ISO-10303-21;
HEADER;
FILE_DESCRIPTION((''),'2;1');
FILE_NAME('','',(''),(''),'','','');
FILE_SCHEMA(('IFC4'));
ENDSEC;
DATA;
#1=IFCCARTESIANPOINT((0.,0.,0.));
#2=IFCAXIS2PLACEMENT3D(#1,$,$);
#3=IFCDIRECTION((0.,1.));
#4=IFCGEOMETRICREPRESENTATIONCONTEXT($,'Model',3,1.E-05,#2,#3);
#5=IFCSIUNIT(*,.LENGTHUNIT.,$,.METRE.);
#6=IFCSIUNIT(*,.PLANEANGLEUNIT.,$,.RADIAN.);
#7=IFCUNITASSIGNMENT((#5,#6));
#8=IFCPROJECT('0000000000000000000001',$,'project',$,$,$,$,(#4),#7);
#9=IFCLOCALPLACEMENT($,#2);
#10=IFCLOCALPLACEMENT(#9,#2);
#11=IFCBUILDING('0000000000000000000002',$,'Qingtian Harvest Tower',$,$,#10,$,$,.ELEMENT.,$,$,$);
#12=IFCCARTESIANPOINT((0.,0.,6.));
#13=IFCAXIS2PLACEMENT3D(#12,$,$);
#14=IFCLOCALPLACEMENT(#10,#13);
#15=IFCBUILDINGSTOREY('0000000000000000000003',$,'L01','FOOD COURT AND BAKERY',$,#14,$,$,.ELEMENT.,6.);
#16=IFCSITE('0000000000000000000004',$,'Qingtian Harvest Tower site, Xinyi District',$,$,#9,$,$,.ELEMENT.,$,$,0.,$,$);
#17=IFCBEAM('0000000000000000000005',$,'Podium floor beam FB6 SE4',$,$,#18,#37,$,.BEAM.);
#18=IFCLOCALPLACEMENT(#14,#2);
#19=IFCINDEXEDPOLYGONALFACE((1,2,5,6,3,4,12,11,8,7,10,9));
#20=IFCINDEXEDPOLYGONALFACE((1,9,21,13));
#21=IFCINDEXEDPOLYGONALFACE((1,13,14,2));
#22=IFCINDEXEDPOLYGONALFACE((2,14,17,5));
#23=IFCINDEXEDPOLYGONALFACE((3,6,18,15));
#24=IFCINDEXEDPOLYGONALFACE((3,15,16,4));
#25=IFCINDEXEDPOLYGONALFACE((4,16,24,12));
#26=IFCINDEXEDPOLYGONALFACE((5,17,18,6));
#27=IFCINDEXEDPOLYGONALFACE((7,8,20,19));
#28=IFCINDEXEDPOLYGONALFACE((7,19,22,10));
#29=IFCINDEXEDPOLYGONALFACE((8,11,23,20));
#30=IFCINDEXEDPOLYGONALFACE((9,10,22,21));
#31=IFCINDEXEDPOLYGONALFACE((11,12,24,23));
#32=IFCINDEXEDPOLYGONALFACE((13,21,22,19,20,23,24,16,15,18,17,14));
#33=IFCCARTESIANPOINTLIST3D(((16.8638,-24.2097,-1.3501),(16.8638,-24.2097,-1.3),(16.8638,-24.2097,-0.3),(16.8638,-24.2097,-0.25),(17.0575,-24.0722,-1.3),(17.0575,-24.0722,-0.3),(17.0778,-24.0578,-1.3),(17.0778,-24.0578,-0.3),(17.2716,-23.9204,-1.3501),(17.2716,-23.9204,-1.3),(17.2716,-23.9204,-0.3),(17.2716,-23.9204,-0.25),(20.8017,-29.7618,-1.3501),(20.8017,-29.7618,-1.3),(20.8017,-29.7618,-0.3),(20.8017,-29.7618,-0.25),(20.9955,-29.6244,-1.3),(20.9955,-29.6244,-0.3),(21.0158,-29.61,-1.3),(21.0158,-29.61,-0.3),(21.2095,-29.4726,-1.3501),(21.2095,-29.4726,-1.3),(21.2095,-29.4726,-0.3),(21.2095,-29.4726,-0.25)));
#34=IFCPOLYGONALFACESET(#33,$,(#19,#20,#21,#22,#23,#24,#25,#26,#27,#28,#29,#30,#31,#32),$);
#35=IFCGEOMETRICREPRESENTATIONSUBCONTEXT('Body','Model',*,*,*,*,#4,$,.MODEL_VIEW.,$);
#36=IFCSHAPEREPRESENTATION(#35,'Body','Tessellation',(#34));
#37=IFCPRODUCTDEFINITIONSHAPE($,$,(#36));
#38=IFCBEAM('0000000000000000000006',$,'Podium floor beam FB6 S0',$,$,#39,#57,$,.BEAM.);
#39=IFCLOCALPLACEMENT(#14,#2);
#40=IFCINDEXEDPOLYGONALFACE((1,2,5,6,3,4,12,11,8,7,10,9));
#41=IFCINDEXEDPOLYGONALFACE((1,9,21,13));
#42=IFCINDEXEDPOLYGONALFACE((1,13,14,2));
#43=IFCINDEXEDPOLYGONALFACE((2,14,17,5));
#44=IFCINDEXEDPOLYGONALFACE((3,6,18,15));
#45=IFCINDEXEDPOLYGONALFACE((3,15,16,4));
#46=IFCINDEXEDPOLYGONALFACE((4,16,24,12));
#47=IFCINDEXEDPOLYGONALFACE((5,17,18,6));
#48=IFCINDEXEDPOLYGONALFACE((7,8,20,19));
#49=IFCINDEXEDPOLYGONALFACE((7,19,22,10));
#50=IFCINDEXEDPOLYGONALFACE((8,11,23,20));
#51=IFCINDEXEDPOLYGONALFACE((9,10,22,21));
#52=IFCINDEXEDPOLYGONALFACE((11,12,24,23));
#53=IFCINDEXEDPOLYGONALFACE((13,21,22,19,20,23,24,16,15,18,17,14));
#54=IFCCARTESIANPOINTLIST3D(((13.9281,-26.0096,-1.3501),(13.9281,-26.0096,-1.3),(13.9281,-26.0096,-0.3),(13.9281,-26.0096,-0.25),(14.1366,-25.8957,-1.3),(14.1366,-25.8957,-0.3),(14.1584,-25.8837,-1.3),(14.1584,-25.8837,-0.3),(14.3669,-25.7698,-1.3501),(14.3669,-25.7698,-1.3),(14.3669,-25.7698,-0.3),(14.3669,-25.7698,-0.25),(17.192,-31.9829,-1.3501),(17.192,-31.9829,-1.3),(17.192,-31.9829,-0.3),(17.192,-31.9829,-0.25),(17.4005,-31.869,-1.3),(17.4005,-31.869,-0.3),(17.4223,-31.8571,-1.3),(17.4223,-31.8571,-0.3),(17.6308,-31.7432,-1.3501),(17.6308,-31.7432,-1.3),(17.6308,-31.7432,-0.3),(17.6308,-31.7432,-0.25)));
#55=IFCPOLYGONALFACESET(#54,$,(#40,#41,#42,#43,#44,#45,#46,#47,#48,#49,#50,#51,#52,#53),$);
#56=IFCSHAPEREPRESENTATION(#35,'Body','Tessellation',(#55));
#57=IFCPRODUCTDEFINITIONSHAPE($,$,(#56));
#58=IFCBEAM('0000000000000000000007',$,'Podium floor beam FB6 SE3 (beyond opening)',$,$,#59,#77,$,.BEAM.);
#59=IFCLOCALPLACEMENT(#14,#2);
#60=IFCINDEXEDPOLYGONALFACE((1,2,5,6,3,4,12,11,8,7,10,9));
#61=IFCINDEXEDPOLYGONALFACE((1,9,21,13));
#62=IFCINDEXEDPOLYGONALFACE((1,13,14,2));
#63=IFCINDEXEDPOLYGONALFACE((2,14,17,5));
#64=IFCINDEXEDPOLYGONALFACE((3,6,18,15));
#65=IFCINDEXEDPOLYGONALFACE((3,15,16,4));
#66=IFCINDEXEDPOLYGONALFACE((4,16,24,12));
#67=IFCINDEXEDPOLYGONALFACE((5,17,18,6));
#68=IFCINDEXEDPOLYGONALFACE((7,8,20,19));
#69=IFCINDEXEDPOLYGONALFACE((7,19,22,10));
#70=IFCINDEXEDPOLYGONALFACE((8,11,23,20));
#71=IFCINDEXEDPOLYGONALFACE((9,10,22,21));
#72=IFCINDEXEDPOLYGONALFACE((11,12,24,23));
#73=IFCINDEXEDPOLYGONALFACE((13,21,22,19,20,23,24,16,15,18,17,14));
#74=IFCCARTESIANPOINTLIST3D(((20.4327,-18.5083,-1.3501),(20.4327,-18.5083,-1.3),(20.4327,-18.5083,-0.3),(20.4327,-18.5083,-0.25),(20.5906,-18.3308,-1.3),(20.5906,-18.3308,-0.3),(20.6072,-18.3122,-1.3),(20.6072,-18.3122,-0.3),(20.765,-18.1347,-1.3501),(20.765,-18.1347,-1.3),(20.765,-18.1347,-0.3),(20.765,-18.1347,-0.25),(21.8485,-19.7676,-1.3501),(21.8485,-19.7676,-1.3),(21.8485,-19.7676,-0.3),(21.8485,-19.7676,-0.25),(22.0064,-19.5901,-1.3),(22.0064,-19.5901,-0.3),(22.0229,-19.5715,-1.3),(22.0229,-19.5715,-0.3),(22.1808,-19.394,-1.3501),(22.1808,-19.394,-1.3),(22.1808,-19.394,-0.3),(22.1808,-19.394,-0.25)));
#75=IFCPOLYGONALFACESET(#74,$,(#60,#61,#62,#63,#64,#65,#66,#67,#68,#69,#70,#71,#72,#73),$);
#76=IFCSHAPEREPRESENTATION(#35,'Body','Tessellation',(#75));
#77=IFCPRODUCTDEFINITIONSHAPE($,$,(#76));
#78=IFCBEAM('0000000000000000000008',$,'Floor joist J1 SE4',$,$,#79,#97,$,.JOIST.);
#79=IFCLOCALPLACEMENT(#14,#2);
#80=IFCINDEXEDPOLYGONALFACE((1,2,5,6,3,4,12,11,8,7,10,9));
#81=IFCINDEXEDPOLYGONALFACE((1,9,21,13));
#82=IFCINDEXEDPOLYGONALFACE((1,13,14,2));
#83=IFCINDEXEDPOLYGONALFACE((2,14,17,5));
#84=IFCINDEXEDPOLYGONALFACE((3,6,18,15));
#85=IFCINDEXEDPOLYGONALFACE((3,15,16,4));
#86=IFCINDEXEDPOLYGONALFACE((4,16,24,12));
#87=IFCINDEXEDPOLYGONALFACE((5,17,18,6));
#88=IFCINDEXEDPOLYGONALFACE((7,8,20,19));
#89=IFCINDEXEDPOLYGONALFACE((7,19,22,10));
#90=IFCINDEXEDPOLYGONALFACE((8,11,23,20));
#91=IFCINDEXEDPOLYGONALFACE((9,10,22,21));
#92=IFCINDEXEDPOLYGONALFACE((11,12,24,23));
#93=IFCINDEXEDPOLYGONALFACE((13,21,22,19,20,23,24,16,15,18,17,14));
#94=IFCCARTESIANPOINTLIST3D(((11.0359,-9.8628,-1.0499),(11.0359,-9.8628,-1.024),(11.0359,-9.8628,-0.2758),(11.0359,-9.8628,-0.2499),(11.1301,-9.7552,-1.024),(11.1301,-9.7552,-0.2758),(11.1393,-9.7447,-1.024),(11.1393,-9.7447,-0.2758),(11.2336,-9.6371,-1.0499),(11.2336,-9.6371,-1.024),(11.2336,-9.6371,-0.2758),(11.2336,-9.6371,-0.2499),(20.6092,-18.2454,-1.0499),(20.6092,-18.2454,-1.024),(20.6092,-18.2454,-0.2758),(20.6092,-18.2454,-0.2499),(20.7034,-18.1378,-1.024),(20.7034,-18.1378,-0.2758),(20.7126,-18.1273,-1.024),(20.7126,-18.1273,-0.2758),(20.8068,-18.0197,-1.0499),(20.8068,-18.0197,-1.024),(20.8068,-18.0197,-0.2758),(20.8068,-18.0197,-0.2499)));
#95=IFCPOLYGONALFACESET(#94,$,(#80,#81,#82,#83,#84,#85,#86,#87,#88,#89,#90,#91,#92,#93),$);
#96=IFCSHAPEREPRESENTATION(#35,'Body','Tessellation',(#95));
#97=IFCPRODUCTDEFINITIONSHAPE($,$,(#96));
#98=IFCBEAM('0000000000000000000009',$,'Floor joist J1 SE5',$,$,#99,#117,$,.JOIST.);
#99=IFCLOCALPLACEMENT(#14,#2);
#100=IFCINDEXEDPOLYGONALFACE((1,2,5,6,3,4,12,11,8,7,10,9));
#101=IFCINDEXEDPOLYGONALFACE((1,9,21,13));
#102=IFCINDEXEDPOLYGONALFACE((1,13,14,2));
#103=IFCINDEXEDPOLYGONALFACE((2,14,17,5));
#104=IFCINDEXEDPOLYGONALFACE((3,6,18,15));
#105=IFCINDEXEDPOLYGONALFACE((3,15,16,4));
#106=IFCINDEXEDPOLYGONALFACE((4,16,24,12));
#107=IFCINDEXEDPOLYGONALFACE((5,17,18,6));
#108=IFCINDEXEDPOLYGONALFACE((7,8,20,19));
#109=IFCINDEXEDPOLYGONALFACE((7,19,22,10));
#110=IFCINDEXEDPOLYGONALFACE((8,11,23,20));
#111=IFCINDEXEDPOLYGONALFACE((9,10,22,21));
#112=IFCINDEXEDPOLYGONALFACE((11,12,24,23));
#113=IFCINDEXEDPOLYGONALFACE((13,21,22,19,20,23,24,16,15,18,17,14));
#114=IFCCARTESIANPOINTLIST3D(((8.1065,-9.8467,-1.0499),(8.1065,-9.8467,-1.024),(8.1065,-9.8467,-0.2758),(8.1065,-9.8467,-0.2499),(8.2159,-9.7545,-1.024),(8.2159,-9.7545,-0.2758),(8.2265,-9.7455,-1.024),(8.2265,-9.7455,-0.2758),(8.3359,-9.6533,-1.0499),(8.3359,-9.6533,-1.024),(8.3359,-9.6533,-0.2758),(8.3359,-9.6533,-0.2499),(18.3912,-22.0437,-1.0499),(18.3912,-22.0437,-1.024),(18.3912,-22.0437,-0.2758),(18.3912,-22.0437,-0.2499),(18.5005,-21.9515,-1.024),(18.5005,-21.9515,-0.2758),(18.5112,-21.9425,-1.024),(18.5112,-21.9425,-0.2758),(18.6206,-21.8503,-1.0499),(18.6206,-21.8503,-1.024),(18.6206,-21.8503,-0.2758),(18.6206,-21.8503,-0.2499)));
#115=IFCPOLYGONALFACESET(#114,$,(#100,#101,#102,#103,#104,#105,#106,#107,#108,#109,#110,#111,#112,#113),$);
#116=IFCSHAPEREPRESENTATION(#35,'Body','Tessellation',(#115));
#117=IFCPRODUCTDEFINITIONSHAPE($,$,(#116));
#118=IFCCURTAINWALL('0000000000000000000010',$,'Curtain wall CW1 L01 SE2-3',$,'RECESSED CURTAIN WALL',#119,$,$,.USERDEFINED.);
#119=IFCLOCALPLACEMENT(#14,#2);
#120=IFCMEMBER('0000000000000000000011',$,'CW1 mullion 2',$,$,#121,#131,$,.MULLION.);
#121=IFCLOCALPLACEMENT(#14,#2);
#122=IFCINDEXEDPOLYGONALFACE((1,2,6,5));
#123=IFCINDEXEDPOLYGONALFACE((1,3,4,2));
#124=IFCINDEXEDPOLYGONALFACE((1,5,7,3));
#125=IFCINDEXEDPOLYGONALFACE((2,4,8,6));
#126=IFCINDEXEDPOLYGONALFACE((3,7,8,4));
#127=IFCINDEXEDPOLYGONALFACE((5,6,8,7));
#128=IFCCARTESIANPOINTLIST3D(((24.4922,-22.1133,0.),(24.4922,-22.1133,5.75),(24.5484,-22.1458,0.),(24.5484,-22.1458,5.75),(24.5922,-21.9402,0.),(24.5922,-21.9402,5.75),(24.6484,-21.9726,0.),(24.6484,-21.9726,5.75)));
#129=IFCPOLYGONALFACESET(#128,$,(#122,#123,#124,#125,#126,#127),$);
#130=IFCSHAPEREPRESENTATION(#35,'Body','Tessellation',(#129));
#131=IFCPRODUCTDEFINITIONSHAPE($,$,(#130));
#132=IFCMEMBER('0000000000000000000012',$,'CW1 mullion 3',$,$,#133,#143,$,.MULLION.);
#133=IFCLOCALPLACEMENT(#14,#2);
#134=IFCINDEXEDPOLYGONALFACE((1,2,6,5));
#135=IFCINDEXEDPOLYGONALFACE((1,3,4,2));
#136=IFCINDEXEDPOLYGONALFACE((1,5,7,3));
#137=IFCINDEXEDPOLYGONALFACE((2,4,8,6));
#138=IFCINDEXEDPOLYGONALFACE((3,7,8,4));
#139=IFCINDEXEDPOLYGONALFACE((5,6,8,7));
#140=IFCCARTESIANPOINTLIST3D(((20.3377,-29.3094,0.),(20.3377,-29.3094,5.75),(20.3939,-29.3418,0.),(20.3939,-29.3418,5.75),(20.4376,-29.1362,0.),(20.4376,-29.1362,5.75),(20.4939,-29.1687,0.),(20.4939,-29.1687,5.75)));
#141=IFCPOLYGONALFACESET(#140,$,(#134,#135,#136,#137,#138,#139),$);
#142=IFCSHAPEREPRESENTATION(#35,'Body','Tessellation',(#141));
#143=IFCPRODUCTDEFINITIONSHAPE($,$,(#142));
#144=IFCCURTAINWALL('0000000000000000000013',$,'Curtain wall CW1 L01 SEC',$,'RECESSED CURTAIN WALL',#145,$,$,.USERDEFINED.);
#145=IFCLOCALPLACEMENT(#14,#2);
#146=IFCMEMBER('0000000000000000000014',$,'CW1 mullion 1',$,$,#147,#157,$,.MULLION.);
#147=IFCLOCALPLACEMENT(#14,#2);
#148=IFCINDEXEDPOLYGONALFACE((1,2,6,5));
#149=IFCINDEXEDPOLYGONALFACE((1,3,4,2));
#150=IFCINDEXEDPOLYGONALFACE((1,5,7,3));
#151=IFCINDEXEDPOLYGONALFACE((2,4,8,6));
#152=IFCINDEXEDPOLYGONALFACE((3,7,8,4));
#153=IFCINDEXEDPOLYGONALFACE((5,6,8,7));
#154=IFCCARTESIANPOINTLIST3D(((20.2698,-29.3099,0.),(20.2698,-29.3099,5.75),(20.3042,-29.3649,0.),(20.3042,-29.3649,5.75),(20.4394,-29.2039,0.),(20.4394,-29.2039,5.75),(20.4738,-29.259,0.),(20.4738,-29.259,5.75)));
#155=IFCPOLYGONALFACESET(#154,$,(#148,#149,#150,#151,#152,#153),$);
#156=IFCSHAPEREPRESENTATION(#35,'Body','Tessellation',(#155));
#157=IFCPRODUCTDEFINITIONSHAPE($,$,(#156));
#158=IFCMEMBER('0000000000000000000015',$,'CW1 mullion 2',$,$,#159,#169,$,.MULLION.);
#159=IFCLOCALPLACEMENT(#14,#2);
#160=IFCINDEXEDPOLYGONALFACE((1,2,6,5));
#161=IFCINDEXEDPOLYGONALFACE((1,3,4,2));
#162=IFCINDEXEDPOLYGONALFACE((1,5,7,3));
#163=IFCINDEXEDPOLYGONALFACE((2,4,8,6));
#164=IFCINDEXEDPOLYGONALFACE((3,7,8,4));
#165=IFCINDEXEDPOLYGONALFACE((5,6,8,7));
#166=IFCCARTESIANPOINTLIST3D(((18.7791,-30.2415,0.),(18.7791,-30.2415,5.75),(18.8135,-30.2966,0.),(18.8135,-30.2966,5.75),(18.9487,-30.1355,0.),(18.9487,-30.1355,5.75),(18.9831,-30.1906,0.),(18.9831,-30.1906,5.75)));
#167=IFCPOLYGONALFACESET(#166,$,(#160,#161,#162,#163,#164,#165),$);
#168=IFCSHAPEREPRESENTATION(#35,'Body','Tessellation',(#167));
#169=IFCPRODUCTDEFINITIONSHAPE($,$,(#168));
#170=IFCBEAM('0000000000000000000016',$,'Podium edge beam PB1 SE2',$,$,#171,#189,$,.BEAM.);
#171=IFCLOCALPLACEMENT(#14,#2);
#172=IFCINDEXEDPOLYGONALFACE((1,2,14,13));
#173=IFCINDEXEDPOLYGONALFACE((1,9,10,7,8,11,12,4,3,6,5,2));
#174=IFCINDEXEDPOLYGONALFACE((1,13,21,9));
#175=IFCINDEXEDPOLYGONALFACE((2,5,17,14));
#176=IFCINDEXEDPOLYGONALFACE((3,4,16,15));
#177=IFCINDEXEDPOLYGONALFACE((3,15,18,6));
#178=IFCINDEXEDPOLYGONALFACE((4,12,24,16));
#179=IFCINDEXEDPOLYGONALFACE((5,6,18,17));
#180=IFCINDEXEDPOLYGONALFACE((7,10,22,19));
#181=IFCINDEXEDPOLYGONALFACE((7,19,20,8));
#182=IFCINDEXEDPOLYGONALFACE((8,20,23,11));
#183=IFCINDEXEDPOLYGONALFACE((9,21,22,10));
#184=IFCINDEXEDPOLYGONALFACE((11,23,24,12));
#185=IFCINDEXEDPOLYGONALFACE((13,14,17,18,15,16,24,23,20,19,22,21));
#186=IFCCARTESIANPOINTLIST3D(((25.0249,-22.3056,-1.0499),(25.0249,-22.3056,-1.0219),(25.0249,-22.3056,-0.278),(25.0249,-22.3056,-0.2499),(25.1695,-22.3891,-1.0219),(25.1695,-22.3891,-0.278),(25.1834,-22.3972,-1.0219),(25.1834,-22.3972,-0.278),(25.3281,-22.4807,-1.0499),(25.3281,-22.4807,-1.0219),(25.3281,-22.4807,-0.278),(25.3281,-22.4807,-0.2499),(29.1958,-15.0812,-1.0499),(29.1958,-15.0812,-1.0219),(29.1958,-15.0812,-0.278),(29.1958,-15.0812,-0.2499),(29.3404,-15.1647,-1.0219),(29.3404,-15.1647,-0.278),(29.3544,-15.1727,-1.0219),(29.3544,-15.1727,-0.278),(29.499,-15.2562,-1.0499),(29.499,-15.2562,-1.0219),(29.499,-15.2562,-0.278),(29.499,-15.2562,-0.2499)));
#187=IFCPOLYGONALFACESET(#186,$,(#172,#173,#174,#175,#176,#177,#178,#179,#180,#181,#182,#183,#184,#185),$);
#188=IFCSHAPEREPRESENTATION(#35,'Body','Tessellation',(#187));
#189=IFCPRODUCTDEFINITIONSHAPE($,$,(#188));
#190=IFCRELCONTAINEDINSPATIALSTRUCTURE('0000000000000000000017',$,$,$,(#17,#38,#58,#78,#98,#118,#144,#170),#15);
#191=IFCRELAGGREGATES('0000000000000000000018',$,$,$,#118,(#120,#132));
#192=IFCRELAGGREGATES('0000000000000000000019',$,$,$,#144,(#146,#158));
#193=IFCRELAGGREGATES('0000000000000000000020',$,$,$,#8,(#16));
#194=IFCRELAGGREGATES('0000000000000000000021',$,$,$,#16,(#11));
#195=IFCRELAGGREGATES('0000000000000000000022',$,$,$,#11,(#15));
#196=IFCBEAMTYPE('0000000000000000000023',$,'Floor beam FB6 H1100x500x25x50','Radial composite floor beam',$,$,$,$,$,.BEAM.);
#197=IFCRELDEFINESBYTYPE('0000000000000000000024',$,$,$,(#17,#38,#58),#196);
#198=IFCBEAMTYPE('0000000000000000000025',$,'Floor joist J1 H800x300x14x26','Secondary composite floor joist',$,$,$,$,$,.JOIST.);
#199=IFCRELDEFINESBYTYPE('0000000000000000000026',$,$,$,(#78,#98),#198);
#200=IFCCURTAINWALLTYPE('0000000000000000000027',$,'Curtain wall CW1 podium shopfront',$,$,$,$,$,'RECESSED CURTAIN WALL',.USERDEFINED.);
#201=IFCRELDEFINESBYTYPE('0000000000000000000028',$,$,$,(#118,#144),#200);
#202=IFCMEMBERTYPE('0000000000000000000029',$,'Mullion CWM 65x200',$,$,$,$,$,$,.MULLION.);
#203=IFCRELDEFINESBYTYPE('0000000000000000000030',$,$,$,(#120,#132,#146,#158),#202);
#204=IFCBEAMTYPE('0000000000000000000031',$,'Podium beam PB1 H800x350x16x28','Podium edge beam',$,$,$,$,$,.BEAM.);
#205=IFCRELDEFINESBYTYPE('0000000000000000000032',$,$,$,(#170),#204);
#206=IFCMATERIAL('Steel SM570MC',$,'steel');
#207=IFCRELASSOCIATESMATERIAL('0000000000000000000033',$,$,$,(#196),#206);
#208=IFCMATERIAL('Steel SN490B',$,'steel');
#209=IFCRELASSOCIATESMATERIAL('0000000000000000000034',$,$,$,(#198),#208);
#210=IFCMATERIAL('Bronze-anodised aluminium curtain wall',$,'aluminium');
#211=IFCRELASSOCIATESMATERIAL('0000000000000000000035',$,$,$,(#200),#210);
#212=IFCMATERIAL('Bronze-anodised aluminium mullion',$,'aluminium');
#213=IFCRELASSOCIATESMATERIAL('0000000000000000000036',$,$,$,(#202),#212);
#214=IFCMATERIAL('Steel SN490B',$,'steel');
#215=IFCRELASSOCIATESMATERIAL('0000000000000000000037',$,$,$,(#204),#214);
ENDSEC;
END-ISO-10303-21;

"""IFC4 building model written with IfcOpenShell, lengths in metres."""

from ifc_helpers import new_model, si_unit, direction, frame, origin, origin_2d, place, context, subcontext, project, spatial, rectangle, i_section, extrude, material, material_profile, profile_set, type_object, element, aggregate, save


model = new_model("IFC4")

# Units and contexts
model_context = context("Model", 3, precision=1e-05, world=origin(), true_north=direction((0.0, 1.0)))
body_context = subcontext(model_context, "Body", "Model", "MODEL_VIEW")
ifc_project = project(units=[si_unit("LENGTHUNIT", "METRE"), si_unit("PLANEANGLEUNIT", "RADIAN")], contexts=[model_context])

# Site, building, storey
site_placement = place(None, origin())
site = spatial("IfcSite", under=ifc_project, at=site_placement, Name="Qingtian Harvest Tower site, Xinyi District", CompositionType="ELEMENT", RefElevation=0.0)
building_placement = place(site_placement, origin())
building = spatial("IfcBuilding", under=site, at=building_placement, Name="Qingtian Harvest Tower", CompositionType="ELEMENT")
storey_placement = place(building_placement, frame((0.0, 0.0, 6.0)))
storey = spatial("IfcBuildingStorey", under=building, at=storey_placement, Name="L01", Description="FOOD COURT AND BAKERY", CompositionType="ELEMENT", Elevation=6.0)

# Beams
ifc_material_1 = material(Name="Steel SM570MC", Category="steel")
ifc_material_profile_1 = material_profile(ifc_material_1, i_section(OverallWidth=0.5, OverallDepth=1.1001, WebThickness=0.0249, FlangeThickness=0.05, at=origin_2d()), Name="H1100x500x25x50")
ifc_profile_set_1 = profile_set([ifc_material_profile_1], Name="Steel SM570MC")
beam_type_1 = type_object("IfcBeamType", Name="Floor beam FB6 H1100x500x25x50", Description="Radial composite floor beam", PredefinedType="BEAM", material=ifc_profile_set_1)
for number, where, z_axis, x_axis, name in (
    (1, (21.0056, -29.6172, -0.8), (-0.578521, 0.815668, 0.0), (-0.815668, -0.578521, 0.0), "Podium floor beam FB6 SE4"),
    (2, (17.4114, -31.863, -0.8), (-0.479498, 0.877543, 0.0), (-0.877543, -0.479498, 0.0), "Podium floor beam FB6 S0"),
):
    element("IfcBeam", number, at=place(storey_placement, frame(where, z_axis=z_axis, x_axis=x_axis)), inside=storey, type_object=beam_type_1, Name=name, PredefinedType="BEAM", context=body_context, shape_type="SweptSolid", body=[
        extrude(i_section(OverallWidth=0.5, OverallDepth=1.1001, WebThickness=0.0249, FlangeThickness=0.05, at=origin_2d()), origin(), (0.0, 0.0, 1.0), 6.8069),
    ])
beam_1_placement = place(storey_placement, frame((22.0146, -19.5808, -0.8), z_axis=(-0.747196, 0.664604, 0.0), x_axis=(-0.664604, -0.747196, 0.0)))
element("IfcBeam", 3, at=beam_1_placement, inside=storey, type_object=beam_type_1, Name="Podium floor beam FB6 SE3 (beyond opening)", PredefinedType="BEAM", context=body_context, shape_type="SweptSolid", body=[
    extrude(i_section(OverallWidth=0.5, OverallDepth=1.1001, WebThickness=0.0249, FlangeThickness=0.05, at=origin_2d()), origin(), (0.0, 0.0, 1.0), 1.8948),
])
ifc_material_2 = material(Name="Steel SN490B", Category="steel")
ifc_material_profile_2 = material_profile(ifc_material_2, i_section(OverallWidth=0.3, OverallDepth=0.8, WebThickness=0.0139, FlangeThickness=0.0259, at=origin_2d()), Name="H800x300x14x26")
ifc_profile_set_2 = profile_set([ifc_material_profile_2], Name="Steel SN490B")
beam_type_2 = type_object("IfcBeamType", Name="Floor joist J1 H800x300x14x26", Description="Secondary composite floor joist", PredefinedType="JOIST", material=ifc_profile_set_2)
beam_2_placement = place(storey_placement, frame((20.708, -18.1326, -0.6499), z_axis=(-0.752344, 0.658771, 0.0), x_axis=(-0.658771, -0.752344, 0.0)))
element("IfcBeam", 4, at=beam_2_placement, inside=storey, type_object=beam_type_2, Name="Floor joist J1 SE4", PredefinedType="JOIST", context=body_context, shape_type="SweptSolid", body=[
    extrude(i_section(OverallWidth=0.3, OverallDepth=0.8, WebThickness=0.0139, FlangeThickness=0.0259, at=origin_2d()), origin(), (0.0, 0.0, 1.0), 12.7246),
])
beam_3_placement = place(storey_placement, frame((18.5059, -21.947, -0.6499), z_axis=(-0.64463, 0.764494, 0.0), x_axis=(-0.764494, -0.64463, 0.0)))
element("IfcBeam", 5, at=beam_3_placement, inside=storey, type_object=beam_type_2, Name="Floor joist J1 SE5", PredefinedType="JOIST", context=body_context, shape_type="SweptSolid", body=[
    extrude(i_section(OverallWidth=0.3, OverallDepth=0.8, WebThickness=0.0139, FlangeThickness=0.0259, at=origin_2d()), origin(), (0.0, 0.0, 1.0), 15.9543),
])

# Curtain walls, members
ifc_material_3 = material(Name="Bronze-anodised aluminium curtain wall", Category="aluminium")
curtain_wall_type = type_object("IfcCurtainWallType", Name="Curtain wall CW1 podium shopfront", ElementType="RECESSED CURTAIN WALL", PredefinedType="USERDEFINED", material=ifc_material_3)
curtain_wall_1_placement = place(storey_placement, origin())
curtain_wall_1 = element("IfcCurtainWall", 6, at=curtain_wall_1_placement, inside=storey, type_object=curtain_wall_type, Name="Curtain wall CW1 L01 SE2-3", ObjectType="RECESSED CURTAIN WALL", PredefinedType="USERDEFINED")
ifc_material_4 = material(Name="Bronze-anodised aluminium mullion", Category="aluminium")
ifc_material_profile_3 = material_profile(ifc_material_4, rectangle(XDim=0.0649, YDim=0.2, at=origin_2d()), Name="AL 65x200")
ifc_profile_set_3 = profile_set([ifc_material_profile_3], Name="Bronze-anodised aluminium mullion")
member_type_1 = type_object("IfcMemberType", Name="Mullion CWM 65x200", PredefinedType="MULLION", material=ifc_profile_set_3)
member_1_placement = place(storey_placement, frame((24.5703, -22.043, 0.0), z_axis=(0.0, 0.0, 1.0), x_axis=(0.866025, -0.5, 0.0)))
member_1 = element("IfcMember", 7, at=member_1_placement, type_object=member_type_1, Name="CW1 mullion 2", PredefinedType="MULLION", context=body_context, shape_type="SweptSolid", body=[
    extrude(rectangle(XDim=0.0649, YDim=0.2, at=origin_2d()), origin(), (0.0, 0.0, 1.0), 5.75),
])
member_2_placement = place(storey_placement, frame((20.4158, -29.239, 0.0), z_axis=(0.0, 0.0, 1.0), x_axis=(0.866025, -0.5, 0.0)))
member_2 = element("IfcMember", 8, at=member_2_placement, type_object=member_type_1, Name="CW1 mullion 3", PredefinedType="MULLION", context=body_context, shape_type="SweptSolid", body=[
    extrude(rectangle(XDim=0.0649, YDim=0.2, at=origin_2d()), origin(), (0.0, 0.0, 1.0), 5.75),
])
curtain_wall_2_placement = place(storey_placement, origin())
curtain_wall_2 = element("IfcCurtainWall", 9, at=curtain_wall_2_placement, inside=storey, type_object=curtain_wall_type, Name="Curtain wall CW1 L01 SEC", ObjectType="RECESSED CURTAIN WALL", PredefinedType="USERDEFINED")
member_3_placement = place(storey_placement, frame((20.3718, -29.2844, 0.0), z_axis=(0.0, 0.0, 1.0), x_axis=(0.529919, -0.848048, 0.0)))
member_3 = element("IfcMember", 10, at=member_3_placement, type_object=member_type_1, Name="CW1 mullion 1", PredefinedType="MULLION", context=body_context, shape_type="SweptSolid", body=[
    extrude(rectangle(XDim=0.0649, YDim=0.2, at=origin_2d()), origin(), (0.0, 0.0, 1.0), 5.75),
])
member_4_placement = place(storey_placement, frame((18.8811, -30.2161, 0.0), z_axis=(0.0, 0.0, 1.0), x_axis=(0.529919, -0.848048, 0.0)))
member_4 = element("IfcMember", 11, at=member_4_placement, type_object=member_type_1, Name="CW1 mullion 2", PredefinedType="MULLION", context=body_context, shape_type="SweptSolid", body=[
    extrude(rectangle(XDim=0.0649, YDim=0.2, at=origin_2d()), origin(), (0.0, 0.0, 1.0), 5.75),
])

# Beam
ifc_material_5 = material(Name="Steel SN490B", Category="steel")
ifc_material_profile_4 = material_profile(ifc_material_5, i_section(OverallWidth=0.3501, OverallDepth=0.8, WebThickness=0.0161, FlangeThickness=0.0281, at=origin_2d()), Name="H800x350x16x28")
ifc_profile_set_4 = profile_set([ifc_material_profile_4], Name="Steel SN490B")
beam_type_3 = type_object("IfcBeamType", Name="Podium beam PB1 H800x350x16x28", Description="Podium edge beam", PredefinedType="BEAM", material=ifc_profile_set_4)
beam_4_placement = place(storey_placement, frame((29.3474, -15.1687, -0.6499), z_axis=(-0.499992, -0.86603, 0.0), x_axis=(0.86603, -0.499992, 0.0)))
element("IfcBeam", 12, at=beam_4_placement, inside=storey, type_object=beam_type_3, Name="Podium edge beam PB1 SE2", PredefinedType="BEAM", context=body_context, shape_type="SweptSolid", body=[
    extrude(i_section(OverallWidth=0.3501, OverallDepth=0.8, WebThickness=0.0161, FlangeThickness=0.0281, at=origin_2d()), origin(), (0.0, 0.0, 1.0), 8.342),
])

aggregate(curtain_wall_1, [member_1, member_2])
aggregate(curtain_wall_2, [member_3, member_4])

save(model, "model.ifc")
